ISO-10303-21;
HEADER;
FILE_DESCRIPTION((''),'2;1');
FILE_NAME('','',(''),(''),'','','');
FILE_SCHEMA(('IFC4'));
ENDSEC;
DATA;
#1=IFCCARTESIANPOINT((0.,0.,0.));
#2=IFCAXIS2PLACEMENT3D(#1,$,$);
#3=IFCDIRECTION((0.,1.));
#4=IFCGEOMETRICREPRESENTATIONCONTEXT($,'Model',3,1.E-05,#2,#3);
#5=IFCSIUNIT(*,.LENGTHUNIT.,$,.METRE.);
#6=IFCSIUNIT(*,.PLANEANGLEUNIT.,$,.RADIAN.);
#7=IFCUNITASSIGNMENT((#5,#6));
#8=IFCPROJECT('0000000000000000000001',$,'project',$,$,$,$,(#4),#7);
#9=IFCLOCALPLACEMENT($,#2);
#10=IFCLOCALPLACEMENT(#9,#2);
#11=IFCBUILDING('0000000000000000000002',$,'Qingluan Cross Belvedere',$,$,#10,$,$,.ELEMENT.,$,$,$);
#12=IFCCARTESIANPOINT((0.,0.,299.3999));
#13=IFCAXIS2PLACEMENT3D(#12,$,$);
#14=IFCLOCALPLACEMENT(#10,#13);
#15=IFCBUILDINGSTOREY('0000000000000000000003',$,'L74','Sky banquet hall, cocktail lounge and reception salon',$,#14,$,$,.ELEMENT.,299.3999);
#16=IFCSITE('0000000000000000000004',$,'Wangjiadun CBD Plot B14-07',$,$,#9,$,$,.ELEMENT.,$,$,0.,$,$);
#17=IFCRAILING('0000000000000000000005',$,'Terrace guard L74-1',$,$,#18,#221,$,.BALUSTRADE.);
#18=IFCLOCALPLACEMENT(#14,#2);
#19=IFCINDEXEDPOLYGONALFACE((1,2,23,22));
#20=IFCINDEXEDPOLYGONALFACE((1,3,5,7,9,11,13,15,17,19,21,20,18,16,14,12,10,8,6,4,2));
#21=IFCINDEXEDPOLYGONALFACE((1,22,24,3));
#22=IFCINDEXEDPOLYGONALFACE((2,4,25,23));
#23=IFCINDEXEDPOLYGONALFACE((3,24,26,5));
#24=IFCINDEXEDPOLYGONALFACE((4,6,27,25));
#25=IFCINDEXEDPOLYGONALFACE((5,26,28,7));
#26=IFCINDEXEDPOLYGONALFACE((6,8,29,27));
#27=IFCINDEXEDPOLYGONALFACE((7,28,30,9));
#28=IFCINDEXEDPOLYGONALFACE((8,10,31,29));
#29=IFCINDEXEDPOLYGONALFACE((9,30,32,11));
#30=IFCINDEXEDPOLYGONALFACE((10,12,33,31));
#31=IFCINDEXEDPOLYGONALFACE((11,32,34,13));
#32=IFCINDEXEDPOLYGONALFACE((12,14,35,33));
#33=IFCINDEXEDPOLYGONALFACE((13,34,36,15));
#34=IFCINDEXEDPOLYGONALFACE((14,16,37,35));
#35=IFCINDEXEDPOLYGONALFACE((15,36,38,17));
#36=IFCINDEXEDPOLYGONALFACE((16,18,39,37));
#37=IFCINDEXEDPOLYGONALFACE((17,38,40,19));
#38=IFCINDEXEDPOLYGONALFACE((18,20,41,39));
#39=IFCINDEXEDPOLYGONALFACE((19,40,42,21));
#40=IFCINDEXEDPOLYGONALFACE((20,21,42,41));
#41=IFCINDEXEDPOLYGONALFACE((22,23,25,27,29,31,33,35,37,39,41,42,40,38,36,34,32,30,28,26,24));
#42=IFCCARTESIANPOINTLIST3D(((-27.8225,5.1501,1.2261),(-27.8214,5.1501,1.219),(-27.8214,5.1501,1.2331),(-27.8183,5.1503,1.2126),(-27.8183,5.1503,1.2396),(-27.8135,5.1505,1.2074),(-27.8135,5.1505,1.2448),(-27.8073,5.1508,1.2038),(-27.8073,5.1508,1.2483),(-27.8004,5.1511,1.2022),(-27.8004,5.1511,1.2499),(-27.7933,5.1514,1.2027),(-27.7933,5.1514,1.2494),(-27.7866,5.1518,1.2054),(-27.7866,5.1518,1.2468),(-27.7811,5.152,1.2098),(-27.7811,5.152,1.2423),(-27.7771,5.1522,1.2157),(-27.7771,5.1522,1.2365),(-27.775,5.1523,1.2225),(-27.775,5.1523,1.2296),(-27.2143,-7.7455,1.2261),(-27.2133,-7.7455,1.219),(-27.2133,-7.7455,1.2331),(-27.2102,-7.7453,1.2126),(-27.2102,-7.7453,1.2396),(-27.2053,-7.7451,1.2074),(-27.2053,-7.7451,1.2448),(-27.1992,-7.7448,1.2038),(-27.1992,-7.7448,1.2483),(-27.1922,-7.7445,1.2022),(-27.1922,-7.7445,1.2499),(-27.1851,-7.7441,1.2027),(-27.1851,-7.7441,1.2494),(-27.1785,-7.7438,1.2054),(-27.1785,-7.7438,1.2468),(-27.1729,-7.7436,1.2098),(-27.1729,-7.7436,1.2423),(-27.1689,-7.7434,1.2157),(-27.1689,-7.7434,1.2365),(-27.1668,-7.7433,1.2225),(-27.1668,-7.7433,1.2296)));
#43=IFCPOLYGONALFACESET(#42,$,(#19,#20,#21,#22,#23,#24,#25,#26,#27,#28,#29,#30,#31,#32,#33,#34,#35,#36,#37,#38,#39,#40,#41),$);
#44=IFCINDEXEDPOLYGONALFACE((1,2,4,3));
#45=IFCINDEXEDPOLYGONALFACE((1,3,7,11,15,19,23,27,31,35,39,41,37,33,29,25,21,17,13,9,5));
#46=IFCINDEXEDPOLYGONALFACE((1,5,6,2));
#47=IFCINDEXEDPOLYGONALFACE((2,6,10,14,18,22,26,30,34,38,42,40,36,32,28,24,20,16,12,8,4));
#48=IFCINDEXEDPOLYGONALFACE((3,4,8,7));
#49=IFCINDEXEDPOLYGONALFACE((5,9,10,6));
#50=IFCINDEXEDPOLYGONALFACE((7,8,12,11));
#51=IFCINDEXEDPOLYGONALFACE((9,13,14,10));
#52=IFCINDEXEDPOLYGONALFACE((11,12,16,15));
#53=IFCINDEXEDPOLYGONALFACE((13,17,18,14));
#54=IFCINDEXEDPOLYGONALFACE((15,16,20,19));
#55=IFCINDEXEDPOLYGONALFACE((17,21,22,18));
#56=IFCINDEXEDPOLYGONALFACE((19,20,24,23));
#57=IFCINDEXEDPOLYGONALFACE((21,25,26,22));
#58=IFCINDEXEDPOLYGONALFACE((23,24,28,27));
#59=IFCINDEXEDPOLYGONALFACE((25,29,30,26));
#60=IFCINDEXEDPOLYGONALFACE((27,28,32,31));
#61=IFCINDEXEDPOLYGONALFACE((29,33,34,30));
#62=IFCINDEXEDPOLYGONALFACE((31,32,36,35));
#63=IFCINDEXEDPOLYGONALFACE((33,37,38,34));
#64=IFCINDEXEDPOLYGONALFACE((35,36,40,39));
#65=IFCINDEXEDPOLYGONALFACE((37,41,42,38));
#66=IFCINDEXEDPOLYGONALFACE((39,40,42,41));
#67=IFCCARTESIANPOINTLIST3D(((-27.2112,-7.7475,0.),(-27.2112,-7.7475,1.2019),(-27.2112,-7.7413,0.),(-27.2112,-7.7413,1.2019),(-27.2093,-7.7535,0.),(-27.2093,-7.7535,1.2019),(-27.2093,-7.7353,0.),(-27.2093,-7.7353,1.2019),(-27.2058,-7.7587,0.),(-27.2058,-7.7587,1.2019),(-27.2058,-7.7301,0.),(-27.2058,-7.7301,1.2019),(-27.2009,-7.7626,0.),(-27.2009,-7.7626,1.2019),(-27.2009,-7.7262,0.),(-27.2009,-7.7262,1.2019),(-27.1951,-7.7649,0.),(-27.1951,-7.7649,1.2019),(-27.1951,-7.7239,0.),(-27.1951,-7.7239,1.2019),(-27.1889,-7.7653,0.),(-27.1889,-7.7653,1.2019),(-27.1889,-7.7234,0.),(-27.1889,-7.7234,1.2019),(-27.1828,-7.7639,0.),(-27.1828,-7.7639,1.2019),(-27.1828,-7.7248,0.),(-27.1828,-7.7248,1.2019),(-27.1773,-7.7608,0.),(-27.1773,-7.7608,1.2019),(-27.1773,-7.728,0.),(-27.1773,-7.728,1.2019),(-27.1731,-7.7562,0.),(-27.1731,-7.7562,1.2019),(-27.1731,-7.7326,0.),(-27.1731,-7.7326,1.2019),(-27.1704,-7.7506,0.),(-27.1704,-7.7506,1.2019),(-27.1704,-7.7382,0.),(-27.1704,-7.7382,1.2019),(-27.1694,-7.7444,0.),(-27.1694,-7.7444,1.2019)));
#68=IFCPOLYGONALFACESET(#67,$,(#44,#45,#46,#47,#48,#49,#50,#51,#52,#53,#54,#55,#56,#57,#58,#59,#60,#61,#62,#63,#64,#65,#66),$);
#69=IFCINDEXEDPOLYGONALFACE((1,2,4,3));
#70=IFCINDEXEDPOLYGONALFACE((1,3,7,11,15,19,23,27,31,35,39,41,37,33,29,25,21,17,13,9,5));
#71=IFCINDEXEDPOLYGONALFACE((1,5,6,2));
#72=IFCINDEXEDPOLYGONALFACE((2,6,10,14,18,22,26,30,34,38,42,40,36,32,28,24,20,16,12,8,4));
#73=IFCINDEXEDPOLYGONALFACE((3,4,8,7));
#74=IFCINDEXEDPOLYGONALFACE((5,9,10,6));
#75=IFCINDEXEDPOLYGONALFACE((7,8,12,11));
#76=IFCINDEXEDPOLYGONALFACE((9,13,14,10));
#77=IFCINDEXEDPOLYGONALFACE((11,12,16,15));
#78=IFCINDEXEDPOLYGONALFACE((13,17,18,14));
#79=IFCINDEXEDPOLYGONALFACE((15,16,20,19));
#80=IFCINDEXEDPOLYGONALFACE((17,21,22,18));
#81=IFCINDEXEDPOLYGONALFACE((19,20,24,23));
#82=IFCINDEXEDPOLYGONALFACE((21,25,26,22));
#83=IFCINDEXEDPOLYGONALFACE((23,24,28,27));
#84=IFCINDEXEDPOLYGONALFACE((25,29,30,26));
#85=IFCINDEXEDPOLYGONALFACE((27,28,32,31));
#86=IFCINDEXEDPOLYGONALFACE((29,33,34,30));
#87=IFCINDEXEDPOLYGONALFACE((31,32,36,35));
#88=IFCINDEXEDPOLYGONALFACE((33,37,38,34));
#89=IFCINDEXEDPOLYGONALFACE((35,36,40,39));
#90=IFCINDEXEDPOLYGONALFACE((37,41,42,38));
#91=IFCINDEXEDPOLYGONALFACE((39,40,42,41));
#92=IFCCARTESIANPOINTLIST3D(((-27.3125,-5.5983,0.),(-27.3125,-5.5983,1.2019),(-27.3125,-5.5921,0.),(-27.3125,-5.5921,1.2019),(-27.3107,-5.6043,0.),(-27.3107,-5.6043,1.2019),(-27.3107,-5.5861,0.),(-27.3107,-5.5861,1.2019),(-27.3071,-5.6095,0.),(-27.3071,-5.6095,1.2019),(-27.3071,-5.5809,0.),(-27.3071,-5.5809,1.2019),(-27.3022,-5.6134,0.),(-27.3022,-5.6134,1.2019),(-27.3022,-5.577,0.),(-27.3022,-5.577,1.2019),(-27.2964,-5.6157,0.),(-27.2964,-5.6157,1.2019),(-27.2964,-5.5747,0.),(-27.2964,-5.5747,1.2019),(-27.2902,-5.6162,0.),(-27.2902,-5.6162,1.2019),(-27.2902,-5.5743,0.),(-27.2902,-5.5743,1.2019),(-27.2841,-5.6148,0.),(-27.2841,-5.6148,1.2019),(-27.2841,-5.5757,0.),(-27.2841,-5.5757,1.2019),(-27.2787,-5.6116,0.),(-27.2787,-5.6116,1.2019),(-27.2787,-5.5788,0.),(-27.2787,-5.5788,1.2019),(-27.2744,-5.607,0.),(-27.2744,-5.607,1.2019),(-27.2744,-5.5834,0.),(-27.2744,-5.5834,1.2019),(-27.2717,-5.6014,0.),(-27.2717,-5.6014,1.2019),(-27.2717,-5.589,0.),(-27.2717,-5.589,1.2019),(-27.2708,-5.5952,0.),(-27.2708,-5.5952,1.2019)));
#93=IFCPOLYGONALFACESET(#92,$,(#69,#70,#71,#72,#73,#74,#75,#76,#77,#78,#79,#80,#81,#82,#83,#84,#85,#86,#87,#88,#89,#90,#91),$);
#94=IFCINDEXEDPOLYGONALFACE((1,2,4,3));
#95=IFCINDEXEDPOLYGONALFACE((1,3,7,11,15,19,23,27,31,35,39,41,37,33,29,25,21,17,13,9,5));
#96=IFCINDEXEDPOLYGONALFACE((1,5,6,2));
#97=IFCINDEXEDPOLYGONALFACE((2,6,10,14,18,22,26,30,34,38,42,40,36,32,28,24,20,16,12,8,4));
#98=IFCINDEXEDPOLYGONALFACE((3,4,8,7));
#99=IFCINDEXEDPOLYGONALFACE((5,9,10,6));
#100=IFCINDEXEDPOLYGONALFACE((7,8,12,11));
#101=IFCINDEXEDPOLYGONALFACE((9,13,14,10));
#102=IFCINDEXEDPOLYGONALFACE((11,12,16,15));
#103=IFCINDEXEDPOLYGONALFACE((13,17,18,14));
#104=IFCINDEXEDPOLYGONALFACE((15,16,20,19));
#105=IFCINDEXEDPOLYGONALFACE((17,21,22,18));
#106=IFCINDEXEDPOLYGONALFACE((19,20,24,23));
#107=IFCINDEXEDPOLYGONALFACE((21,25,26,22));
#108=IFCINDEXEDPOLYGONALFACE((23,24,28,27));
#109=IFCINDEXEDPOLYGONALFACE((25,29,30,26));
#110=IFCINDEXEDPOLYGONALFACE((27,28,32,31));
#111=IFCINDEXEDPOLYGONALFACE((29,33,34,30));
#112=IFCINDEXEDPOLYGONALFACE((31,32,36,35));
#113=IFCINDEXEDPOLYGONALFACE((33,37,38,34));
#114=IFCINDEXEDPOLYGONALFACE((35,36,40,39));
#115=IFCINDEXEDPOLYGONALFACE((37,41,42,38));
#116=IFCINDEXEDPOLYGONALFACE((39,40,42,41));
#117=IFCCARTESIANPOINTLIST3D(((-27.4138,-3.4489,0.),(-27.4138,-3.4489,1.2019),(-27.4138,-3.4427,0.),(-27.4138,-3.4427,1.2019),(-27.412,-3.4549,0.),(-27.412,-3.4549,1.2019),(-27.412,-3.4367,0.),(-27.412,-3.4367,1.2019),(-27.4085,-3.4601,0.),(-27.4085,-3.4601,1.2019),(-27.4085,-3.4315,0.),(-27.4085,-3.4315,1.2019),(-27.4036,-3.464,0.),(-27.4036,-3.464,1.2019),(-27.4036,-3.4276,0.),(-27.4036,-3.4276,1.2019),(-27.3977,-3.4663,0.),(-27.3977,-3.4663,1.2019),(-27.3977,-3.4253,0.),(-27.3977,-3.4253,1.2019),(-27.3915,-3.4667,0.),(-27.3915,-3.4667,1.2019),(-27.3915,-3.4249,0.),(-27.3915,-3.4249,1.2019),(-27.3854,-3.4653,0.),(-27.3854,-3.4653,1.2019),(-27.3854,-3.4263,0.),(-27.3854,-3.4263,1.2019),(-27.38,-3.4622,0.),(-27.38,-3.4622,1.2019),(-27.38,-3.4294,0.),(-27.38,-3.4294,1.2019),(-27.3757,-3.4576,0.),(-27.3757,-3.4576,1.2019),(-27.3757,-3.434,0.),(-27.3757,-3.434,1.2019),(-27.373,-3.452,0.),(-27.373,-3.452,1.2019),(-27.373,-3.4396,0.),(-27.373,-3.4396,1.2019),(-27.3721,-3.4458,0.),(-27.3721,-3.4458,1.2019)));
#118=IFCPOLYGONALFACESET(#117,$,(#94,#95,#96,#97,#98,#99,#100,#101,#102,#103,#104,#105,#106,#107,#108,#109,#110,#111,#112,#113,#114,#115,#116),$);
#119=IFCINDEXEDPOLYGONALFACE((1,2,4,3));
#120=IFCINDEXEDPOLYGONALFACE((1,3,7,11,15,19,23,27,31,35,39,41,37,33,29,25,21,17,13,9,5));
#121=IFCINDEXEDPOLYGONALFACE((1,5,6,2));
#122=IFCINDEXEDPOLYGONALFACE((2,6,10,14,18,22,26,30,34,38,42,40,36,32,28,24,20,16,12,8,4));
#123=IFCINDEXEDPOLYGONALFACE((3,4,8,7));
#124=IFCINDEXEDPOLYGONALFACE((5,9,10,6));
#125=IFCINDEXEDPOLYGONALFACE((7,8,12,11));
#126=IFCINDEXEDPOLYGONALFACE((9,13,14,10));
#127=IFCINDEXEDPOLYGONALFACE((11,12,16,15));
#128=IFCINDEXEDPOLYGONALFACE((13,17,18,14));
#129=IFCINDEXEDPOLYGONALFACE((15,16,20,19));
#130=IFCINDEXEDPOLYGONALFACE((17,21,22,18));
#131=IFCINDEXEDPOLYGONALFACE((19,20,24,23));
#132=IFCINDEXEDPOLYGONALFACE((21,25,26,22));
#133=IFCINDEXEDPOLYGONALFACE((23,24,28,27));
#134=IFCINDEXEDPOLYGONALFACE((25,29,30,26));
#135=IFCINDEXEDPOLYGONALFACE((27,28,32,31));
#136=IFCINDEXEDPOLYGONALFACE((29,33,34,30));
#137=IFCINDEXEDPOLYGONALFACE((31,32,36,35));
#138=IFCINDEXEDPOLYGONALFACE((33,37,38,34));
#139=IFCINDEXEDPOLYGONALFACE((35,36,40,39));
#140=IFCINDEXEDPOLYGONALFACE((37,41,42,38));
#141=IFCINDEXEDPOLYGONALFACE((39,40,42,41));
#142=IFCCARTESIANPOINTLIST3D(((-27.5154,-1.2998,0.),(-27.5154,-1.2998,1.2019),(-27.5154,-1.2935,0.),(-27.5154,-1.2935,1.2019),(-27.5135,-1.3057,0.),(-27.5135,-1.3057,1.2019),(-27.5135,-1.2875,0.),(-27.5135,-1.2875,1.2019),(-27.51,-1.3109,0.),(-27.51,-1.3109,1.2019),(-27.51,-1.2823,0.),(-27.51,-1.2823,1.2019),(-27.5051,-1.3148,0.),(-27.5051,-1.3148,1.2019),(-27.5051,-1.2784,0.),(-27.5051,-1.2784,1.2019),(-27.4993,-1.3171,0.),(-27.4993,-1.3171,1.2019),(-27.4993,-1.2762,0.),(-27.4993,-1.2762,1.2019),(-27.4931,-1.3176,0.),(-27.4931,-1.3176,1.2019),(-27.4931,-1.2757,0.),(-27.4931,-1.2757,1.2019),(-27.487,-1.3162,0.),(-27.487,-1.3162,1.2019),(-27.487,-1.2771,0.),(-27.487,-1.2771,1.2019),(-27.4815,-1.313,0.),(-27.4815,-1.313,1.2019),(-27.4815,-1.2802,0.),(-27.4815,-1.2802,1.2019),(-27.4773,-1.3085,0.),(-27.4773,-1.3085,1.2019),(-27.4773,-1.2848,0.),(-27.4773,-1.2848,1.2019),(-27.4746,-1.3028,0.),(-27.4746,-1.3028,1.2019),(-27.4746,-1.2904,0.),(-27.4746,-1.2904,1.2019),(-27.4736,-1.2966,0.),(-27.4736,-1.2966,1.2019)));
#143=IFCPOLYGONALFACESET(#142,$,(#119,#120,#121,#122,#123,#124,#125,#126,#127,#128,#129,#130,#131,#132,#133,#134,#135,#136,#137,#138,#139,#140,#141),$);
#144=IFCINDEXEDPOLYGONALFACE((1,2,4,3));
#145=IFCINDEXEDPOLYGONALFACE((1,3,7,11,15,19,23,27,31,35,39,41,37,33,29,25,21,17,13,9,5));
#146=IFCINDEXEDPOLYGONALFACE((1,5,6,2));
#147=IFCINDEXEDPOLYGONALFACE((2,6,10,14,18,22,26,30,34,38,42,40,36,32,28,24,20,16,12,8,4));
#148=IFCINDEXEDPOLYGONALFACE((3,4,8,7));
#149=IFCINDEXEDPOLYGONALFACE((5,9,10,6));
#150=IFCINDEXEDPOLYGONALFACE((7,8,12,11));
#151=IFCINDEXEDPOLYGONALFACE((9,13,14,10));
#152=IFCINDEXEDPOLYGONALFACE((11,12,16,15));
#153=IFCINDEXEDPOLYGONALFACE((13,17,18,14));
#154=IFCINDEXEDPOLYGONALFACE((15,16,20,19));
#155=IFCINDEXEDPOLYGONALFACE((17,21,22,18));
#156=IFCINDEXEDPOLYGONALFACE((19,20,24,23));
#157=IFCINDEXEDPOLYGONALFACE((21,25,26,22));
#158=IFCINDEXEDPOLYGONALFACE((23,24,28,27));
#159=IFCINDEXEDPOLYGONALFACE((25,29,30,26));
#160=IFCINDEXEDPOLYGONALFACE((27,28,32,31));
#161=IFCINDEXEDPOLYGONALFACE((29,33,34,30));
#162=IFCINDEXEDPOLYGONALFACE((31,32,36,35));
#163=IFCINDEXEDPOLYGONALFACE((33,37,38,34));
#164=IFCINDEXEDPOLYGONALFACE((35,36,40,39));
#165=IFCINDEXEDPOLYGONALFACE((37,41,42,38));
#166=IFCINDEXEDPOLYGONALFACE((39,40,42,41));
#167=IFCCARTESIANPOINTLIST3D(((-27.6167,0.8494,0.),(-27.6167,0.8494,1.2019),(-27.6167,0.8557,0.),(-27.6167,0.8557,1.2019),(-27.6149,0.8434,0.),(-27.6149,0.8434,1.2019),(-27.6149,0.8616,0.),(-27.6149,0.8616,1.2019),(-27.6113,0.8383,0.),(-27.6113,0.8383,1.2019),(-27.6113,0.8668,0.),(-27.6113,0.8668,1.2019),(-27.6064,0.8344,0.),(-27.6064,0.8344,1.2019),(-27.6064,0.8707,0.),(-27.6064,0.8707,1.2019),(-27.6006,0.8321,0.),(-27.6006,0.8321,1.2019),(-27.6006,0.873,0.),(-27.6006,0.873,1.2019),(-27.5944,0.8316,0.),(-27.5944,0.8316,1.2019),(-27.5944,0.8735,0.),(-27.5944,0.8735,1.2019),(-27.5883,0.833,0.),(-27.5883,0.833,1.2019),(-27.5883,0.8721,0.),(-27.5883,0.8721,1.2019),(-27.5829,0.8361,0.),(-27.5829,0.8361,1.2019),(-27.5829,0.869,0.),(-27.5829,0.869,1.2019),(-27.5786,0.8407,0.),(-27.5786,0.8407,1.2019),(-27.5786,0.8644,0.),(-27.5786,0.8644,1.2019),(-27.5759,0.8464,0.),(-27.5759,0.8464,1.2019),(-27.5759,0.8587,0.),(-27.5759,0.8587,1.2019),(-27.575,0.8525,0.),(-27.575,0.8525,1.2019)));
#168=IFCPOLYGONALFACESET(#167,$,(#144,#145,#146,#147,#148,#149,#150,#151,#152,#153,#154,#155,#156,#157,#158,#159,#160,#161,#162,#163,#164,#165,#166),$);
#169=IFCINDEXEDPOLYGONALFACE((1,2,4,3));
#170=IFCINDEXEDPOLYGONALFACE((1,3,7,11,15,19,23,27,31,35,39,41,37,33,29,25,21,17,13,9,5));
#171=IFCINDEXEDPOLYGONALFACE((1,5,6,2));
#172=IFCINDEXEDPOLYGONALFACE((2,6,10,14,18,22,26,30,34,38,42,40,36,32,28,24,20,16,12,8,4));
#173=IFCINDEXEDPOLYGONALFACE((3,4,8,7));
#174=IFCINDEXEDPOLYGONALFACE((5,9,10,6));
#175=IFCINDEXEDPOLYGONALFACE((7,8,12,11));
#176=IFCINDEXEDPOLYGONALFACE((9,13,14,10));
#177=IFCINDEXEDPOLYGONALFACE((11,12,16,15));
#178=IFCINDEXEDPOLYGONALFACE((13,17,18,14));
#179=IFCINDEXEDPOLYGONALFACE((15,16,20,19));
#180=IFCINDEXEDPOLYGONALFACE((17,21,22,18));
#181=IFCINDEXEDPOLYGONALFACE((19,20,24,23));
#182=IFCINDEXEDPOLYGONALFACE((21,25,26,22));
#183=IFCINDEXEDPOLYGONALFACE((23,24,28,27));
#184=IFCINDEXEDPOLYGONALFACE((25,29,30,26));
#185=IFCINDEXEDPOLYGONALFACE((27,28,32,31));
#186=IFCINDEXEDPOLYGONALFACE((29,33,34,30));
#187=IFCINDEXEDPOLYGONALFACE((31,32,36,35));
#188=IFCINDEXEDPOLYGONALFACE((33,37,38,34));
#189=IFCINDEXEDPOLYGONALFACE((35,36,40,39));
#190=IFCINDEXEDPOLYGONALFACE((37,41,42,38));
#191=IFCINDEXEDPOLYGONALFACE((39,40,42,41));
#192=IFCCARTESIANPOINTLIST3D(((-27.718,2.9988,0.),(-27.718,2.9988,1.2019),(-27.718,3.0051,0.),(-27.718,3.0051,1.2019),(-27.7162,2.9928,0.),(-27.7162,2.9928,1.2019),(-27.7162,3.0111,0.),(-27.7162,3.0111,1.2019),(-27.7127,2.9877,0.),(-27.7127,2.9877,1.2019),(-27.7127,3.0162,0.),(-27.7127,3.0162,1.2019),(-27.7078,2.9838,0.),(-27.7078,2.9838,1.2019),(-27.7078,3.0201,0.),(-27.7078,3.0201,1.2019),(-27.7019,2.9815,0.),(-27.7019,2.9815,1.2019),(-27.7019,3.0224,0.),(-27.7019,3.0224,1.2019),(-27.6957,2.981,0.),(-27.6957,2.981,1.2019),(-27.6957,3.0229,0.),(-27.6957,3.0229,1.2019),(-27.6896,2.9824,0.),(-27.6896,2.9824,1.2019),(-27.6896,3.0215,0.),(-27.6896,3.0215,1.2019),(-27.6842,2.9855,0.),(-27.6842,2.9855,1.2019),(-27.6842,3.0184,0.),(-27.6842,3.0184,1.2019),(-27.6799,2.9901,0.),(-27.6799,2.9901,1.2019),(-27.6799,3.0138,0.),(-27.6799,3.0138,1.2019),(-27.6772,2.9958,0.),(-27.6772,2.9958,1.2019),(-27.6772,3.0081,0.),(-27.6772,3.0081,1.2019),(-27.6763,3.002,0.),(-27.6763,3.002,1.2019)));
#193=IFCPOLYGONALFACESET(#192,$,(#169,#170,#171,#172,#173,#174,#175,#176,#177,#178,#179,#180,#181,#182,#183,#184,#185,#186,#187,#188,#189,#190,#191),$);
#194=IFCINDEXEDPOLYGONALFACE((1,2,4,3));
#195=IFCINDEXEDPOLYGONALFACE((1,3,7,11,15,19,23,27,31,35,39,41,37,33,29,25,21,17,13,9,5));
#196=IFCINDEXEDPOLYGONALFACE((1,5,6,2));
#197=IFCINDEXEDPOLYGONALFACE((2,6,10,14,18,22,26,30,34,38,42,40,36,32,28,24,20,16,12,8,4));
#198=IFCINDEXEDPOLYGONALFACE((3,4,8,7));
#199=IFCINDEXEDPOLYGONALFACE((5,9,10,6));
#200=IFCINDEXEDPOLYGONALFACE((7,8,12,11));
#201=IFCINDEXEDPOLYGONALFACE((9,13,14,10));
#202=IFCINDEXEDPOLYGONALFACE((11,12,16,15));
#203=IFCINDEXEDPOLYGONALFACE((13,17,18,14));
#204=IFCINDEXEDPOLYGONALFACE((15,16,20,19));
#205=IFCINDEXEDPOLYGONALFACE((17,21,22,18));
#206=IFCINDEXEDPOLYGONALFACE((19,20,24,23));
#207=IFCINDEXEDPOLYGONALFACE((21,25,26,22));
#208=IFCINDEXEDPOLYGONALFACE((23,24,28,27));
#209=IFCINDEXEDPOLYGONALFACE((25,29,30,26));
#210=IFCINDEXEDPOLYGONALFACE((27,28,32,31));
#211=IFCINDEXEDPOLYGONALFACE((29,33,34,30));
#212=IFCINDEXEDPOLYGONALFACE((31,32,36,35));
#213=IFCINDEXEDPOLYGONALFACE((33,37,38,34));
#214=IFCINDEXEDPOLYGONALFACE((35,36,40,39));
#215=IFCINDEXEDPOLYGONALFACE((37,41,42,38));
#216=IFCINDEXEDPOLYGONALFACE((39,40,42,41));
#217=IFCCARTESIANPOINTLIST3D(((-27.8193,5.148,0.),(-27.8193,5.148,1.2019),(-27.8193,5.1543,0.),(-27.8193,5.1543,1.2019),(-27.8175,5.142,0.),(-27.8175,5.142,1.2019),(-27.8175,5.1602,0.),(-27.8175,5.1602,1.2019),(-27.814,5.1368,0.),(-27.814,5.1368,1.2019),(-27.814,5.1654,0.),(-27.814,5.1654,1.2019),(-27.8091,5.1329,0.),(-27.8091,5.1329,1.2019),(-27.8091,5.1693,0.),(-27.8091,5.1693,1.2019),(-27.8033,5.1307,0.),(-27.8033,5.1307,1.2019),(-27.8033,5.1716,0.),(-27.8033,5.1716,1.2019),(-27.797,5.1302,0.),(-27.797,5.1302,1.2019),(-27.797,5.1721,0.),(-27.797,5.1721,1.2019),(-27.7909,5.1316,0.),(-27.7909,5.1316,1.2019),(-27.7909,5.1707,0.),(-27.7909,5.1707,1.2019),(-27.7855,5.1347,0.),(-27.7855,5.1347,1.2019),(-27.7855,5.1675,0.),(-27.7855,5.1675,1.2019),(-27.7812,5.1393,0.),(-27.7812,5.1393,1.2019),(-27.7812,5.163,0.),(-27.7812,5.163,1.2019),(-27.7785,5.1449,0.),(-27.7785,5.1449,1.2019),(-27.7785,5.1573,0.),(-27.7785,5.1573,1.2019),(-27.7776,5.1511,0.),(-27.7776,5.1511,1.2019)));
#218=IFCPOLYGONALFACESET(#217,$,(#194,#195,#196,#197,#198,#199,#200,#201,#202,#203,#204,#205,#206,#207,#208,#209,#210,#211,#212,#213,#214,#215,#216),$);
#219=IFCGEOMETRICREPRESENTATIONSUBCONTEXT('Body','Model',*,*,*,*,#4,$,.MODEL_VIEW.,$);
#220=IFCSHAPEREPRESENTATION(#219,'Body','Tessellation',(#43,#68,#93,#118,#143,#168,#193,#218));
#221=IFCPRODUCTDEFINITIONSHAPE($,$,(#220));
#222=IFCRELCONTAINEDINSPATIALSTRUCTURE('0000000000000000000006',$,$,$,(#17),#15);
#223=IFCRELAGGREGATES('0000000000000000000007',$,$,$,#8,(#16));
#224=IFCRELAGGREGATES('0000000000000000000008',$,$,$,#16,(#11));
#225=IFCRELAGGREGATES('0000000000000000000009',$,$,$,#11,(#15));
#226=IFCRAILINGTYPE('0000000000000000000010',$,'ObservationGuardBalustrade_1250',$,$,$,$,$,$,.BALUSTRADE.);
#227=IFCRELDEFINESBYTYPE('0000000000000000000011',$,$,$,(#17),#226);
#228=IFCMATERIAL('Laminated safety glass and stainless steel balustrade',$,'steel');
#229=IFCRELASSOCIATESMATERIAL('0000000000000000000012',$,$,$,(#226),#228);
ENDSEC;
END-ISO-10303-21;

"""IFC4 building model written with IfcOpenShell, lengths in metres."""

from ifc_helpers import new_model, si_unit, direction, frame, origin, origin_2d, place, context, subcontext, project, spatial, circle, extrude, material, type_object, element, save


model = new_model("IFC4")

# Units and contexts
model_context = context("Model", 3, precision=1e-05, world=origin(), true_north=direction((0.0, 1.0)))
body_context = subcontext(model_context, "Body", "Model", "MODEL_VIEW")
ifc_project = project(units=[si_unit("LENGTHUNIT", "METRE"), si_unit("PLANEANGLEUNIT", "RADIAN")], contexts=[model_context])

# Site, building, storey
site_placement = place(None, origin())
site = spatial("IfcSite", under=ifc_project, at=site_placement, Name="Wangjiadun CBD Plot B14-07", CompositionType="ELEMENT", RefElevation=0.0)
building_placement = place(site_placement, origin())
building = spatial("IfcBuilding", under=site, at=building_placement, Name="Qingluan Cross Belvedere", CompositionType="ELEMENT")
storey_placement = place(building_placement, frame((0.0, 0.0, 299.3999)))
storey = spatial("IfcBuildingStorey", under=building, at=storey_placement, Name="L74", Description="Sky banquet hall, cocktail lounge and reception salon", CompositionType="ELEMENT", Elevation=299.3999)

# Railing
ifc_material_1 = material(Name="Laminated safety glass and stainless steel balustrade", Category="steel")
railing_type = type_object("IfcRailingType", Name="ObservationGuardBalustrade_1250", PredefinedType="BALUSTRADE", material=ifc_material_1)
railing_placement = place(storey_placement, frame((-27.1904, -7.7444, 0.0)))
element("IfcRailing", 1, at=railing_placement, inside=storey, type_object=railing_type, Name="Terrace guard L74-1", PredefinedType="BALUSTRADE", context=body_context, shape_type="SweptSolid", body=[
    extrude(circle(Radius=0.0239, at=origin_2d()), frame((0.0, 0.0, 1.2261), z_axis=(-0.047108, 0.99889, 0.0), x_axis=(-0.99889, -0.047108, 0.0)), (0.0, 0.0, 1.0), 12.9099),
    extrude(circle(Radius=0.021, at=origin_2d()), origin(), (0.0, 0.0, 1.0), 1.2019),
    extrude(circle(Radius=0.021, at=origin_2d()), frame((-0.1013, 2.1492, 0.0)), (0.0, 0.0, 1.0), 1.2019),
    extrude(circle(Radius=0.021, at=origin_2d()), frame((-0.2026, 4.2986, 0.0)), (0.0, 0.0, 1.0), 1.2019),
    extrude(circle(Radius=0.021, at=origin_2d()), frame((-0.3042, 6.4478, 0.0)), (0.0, 0.0, 1.0), 1.2019),
    extrude(circle(Radius=0.021, at=origin_2d()), frame((-0.4055, 8.5969, 0.0)), (0.0, 0.0, 1.0), 1.2019),
    extrude(circle(Radius=0.021, at=origin_2d()), frame((-0.5068, 10.7463, 0.0)), (0.0, 0.0, 1.0), 1.2019),
    extrude(circle(Radius=0.021, at=origin_2d()), frame((-0.6082, 12.8955, 0.0)), (0.0, 0.0, 1.0), 1.2019),
])

save(model, "model.ifc")
